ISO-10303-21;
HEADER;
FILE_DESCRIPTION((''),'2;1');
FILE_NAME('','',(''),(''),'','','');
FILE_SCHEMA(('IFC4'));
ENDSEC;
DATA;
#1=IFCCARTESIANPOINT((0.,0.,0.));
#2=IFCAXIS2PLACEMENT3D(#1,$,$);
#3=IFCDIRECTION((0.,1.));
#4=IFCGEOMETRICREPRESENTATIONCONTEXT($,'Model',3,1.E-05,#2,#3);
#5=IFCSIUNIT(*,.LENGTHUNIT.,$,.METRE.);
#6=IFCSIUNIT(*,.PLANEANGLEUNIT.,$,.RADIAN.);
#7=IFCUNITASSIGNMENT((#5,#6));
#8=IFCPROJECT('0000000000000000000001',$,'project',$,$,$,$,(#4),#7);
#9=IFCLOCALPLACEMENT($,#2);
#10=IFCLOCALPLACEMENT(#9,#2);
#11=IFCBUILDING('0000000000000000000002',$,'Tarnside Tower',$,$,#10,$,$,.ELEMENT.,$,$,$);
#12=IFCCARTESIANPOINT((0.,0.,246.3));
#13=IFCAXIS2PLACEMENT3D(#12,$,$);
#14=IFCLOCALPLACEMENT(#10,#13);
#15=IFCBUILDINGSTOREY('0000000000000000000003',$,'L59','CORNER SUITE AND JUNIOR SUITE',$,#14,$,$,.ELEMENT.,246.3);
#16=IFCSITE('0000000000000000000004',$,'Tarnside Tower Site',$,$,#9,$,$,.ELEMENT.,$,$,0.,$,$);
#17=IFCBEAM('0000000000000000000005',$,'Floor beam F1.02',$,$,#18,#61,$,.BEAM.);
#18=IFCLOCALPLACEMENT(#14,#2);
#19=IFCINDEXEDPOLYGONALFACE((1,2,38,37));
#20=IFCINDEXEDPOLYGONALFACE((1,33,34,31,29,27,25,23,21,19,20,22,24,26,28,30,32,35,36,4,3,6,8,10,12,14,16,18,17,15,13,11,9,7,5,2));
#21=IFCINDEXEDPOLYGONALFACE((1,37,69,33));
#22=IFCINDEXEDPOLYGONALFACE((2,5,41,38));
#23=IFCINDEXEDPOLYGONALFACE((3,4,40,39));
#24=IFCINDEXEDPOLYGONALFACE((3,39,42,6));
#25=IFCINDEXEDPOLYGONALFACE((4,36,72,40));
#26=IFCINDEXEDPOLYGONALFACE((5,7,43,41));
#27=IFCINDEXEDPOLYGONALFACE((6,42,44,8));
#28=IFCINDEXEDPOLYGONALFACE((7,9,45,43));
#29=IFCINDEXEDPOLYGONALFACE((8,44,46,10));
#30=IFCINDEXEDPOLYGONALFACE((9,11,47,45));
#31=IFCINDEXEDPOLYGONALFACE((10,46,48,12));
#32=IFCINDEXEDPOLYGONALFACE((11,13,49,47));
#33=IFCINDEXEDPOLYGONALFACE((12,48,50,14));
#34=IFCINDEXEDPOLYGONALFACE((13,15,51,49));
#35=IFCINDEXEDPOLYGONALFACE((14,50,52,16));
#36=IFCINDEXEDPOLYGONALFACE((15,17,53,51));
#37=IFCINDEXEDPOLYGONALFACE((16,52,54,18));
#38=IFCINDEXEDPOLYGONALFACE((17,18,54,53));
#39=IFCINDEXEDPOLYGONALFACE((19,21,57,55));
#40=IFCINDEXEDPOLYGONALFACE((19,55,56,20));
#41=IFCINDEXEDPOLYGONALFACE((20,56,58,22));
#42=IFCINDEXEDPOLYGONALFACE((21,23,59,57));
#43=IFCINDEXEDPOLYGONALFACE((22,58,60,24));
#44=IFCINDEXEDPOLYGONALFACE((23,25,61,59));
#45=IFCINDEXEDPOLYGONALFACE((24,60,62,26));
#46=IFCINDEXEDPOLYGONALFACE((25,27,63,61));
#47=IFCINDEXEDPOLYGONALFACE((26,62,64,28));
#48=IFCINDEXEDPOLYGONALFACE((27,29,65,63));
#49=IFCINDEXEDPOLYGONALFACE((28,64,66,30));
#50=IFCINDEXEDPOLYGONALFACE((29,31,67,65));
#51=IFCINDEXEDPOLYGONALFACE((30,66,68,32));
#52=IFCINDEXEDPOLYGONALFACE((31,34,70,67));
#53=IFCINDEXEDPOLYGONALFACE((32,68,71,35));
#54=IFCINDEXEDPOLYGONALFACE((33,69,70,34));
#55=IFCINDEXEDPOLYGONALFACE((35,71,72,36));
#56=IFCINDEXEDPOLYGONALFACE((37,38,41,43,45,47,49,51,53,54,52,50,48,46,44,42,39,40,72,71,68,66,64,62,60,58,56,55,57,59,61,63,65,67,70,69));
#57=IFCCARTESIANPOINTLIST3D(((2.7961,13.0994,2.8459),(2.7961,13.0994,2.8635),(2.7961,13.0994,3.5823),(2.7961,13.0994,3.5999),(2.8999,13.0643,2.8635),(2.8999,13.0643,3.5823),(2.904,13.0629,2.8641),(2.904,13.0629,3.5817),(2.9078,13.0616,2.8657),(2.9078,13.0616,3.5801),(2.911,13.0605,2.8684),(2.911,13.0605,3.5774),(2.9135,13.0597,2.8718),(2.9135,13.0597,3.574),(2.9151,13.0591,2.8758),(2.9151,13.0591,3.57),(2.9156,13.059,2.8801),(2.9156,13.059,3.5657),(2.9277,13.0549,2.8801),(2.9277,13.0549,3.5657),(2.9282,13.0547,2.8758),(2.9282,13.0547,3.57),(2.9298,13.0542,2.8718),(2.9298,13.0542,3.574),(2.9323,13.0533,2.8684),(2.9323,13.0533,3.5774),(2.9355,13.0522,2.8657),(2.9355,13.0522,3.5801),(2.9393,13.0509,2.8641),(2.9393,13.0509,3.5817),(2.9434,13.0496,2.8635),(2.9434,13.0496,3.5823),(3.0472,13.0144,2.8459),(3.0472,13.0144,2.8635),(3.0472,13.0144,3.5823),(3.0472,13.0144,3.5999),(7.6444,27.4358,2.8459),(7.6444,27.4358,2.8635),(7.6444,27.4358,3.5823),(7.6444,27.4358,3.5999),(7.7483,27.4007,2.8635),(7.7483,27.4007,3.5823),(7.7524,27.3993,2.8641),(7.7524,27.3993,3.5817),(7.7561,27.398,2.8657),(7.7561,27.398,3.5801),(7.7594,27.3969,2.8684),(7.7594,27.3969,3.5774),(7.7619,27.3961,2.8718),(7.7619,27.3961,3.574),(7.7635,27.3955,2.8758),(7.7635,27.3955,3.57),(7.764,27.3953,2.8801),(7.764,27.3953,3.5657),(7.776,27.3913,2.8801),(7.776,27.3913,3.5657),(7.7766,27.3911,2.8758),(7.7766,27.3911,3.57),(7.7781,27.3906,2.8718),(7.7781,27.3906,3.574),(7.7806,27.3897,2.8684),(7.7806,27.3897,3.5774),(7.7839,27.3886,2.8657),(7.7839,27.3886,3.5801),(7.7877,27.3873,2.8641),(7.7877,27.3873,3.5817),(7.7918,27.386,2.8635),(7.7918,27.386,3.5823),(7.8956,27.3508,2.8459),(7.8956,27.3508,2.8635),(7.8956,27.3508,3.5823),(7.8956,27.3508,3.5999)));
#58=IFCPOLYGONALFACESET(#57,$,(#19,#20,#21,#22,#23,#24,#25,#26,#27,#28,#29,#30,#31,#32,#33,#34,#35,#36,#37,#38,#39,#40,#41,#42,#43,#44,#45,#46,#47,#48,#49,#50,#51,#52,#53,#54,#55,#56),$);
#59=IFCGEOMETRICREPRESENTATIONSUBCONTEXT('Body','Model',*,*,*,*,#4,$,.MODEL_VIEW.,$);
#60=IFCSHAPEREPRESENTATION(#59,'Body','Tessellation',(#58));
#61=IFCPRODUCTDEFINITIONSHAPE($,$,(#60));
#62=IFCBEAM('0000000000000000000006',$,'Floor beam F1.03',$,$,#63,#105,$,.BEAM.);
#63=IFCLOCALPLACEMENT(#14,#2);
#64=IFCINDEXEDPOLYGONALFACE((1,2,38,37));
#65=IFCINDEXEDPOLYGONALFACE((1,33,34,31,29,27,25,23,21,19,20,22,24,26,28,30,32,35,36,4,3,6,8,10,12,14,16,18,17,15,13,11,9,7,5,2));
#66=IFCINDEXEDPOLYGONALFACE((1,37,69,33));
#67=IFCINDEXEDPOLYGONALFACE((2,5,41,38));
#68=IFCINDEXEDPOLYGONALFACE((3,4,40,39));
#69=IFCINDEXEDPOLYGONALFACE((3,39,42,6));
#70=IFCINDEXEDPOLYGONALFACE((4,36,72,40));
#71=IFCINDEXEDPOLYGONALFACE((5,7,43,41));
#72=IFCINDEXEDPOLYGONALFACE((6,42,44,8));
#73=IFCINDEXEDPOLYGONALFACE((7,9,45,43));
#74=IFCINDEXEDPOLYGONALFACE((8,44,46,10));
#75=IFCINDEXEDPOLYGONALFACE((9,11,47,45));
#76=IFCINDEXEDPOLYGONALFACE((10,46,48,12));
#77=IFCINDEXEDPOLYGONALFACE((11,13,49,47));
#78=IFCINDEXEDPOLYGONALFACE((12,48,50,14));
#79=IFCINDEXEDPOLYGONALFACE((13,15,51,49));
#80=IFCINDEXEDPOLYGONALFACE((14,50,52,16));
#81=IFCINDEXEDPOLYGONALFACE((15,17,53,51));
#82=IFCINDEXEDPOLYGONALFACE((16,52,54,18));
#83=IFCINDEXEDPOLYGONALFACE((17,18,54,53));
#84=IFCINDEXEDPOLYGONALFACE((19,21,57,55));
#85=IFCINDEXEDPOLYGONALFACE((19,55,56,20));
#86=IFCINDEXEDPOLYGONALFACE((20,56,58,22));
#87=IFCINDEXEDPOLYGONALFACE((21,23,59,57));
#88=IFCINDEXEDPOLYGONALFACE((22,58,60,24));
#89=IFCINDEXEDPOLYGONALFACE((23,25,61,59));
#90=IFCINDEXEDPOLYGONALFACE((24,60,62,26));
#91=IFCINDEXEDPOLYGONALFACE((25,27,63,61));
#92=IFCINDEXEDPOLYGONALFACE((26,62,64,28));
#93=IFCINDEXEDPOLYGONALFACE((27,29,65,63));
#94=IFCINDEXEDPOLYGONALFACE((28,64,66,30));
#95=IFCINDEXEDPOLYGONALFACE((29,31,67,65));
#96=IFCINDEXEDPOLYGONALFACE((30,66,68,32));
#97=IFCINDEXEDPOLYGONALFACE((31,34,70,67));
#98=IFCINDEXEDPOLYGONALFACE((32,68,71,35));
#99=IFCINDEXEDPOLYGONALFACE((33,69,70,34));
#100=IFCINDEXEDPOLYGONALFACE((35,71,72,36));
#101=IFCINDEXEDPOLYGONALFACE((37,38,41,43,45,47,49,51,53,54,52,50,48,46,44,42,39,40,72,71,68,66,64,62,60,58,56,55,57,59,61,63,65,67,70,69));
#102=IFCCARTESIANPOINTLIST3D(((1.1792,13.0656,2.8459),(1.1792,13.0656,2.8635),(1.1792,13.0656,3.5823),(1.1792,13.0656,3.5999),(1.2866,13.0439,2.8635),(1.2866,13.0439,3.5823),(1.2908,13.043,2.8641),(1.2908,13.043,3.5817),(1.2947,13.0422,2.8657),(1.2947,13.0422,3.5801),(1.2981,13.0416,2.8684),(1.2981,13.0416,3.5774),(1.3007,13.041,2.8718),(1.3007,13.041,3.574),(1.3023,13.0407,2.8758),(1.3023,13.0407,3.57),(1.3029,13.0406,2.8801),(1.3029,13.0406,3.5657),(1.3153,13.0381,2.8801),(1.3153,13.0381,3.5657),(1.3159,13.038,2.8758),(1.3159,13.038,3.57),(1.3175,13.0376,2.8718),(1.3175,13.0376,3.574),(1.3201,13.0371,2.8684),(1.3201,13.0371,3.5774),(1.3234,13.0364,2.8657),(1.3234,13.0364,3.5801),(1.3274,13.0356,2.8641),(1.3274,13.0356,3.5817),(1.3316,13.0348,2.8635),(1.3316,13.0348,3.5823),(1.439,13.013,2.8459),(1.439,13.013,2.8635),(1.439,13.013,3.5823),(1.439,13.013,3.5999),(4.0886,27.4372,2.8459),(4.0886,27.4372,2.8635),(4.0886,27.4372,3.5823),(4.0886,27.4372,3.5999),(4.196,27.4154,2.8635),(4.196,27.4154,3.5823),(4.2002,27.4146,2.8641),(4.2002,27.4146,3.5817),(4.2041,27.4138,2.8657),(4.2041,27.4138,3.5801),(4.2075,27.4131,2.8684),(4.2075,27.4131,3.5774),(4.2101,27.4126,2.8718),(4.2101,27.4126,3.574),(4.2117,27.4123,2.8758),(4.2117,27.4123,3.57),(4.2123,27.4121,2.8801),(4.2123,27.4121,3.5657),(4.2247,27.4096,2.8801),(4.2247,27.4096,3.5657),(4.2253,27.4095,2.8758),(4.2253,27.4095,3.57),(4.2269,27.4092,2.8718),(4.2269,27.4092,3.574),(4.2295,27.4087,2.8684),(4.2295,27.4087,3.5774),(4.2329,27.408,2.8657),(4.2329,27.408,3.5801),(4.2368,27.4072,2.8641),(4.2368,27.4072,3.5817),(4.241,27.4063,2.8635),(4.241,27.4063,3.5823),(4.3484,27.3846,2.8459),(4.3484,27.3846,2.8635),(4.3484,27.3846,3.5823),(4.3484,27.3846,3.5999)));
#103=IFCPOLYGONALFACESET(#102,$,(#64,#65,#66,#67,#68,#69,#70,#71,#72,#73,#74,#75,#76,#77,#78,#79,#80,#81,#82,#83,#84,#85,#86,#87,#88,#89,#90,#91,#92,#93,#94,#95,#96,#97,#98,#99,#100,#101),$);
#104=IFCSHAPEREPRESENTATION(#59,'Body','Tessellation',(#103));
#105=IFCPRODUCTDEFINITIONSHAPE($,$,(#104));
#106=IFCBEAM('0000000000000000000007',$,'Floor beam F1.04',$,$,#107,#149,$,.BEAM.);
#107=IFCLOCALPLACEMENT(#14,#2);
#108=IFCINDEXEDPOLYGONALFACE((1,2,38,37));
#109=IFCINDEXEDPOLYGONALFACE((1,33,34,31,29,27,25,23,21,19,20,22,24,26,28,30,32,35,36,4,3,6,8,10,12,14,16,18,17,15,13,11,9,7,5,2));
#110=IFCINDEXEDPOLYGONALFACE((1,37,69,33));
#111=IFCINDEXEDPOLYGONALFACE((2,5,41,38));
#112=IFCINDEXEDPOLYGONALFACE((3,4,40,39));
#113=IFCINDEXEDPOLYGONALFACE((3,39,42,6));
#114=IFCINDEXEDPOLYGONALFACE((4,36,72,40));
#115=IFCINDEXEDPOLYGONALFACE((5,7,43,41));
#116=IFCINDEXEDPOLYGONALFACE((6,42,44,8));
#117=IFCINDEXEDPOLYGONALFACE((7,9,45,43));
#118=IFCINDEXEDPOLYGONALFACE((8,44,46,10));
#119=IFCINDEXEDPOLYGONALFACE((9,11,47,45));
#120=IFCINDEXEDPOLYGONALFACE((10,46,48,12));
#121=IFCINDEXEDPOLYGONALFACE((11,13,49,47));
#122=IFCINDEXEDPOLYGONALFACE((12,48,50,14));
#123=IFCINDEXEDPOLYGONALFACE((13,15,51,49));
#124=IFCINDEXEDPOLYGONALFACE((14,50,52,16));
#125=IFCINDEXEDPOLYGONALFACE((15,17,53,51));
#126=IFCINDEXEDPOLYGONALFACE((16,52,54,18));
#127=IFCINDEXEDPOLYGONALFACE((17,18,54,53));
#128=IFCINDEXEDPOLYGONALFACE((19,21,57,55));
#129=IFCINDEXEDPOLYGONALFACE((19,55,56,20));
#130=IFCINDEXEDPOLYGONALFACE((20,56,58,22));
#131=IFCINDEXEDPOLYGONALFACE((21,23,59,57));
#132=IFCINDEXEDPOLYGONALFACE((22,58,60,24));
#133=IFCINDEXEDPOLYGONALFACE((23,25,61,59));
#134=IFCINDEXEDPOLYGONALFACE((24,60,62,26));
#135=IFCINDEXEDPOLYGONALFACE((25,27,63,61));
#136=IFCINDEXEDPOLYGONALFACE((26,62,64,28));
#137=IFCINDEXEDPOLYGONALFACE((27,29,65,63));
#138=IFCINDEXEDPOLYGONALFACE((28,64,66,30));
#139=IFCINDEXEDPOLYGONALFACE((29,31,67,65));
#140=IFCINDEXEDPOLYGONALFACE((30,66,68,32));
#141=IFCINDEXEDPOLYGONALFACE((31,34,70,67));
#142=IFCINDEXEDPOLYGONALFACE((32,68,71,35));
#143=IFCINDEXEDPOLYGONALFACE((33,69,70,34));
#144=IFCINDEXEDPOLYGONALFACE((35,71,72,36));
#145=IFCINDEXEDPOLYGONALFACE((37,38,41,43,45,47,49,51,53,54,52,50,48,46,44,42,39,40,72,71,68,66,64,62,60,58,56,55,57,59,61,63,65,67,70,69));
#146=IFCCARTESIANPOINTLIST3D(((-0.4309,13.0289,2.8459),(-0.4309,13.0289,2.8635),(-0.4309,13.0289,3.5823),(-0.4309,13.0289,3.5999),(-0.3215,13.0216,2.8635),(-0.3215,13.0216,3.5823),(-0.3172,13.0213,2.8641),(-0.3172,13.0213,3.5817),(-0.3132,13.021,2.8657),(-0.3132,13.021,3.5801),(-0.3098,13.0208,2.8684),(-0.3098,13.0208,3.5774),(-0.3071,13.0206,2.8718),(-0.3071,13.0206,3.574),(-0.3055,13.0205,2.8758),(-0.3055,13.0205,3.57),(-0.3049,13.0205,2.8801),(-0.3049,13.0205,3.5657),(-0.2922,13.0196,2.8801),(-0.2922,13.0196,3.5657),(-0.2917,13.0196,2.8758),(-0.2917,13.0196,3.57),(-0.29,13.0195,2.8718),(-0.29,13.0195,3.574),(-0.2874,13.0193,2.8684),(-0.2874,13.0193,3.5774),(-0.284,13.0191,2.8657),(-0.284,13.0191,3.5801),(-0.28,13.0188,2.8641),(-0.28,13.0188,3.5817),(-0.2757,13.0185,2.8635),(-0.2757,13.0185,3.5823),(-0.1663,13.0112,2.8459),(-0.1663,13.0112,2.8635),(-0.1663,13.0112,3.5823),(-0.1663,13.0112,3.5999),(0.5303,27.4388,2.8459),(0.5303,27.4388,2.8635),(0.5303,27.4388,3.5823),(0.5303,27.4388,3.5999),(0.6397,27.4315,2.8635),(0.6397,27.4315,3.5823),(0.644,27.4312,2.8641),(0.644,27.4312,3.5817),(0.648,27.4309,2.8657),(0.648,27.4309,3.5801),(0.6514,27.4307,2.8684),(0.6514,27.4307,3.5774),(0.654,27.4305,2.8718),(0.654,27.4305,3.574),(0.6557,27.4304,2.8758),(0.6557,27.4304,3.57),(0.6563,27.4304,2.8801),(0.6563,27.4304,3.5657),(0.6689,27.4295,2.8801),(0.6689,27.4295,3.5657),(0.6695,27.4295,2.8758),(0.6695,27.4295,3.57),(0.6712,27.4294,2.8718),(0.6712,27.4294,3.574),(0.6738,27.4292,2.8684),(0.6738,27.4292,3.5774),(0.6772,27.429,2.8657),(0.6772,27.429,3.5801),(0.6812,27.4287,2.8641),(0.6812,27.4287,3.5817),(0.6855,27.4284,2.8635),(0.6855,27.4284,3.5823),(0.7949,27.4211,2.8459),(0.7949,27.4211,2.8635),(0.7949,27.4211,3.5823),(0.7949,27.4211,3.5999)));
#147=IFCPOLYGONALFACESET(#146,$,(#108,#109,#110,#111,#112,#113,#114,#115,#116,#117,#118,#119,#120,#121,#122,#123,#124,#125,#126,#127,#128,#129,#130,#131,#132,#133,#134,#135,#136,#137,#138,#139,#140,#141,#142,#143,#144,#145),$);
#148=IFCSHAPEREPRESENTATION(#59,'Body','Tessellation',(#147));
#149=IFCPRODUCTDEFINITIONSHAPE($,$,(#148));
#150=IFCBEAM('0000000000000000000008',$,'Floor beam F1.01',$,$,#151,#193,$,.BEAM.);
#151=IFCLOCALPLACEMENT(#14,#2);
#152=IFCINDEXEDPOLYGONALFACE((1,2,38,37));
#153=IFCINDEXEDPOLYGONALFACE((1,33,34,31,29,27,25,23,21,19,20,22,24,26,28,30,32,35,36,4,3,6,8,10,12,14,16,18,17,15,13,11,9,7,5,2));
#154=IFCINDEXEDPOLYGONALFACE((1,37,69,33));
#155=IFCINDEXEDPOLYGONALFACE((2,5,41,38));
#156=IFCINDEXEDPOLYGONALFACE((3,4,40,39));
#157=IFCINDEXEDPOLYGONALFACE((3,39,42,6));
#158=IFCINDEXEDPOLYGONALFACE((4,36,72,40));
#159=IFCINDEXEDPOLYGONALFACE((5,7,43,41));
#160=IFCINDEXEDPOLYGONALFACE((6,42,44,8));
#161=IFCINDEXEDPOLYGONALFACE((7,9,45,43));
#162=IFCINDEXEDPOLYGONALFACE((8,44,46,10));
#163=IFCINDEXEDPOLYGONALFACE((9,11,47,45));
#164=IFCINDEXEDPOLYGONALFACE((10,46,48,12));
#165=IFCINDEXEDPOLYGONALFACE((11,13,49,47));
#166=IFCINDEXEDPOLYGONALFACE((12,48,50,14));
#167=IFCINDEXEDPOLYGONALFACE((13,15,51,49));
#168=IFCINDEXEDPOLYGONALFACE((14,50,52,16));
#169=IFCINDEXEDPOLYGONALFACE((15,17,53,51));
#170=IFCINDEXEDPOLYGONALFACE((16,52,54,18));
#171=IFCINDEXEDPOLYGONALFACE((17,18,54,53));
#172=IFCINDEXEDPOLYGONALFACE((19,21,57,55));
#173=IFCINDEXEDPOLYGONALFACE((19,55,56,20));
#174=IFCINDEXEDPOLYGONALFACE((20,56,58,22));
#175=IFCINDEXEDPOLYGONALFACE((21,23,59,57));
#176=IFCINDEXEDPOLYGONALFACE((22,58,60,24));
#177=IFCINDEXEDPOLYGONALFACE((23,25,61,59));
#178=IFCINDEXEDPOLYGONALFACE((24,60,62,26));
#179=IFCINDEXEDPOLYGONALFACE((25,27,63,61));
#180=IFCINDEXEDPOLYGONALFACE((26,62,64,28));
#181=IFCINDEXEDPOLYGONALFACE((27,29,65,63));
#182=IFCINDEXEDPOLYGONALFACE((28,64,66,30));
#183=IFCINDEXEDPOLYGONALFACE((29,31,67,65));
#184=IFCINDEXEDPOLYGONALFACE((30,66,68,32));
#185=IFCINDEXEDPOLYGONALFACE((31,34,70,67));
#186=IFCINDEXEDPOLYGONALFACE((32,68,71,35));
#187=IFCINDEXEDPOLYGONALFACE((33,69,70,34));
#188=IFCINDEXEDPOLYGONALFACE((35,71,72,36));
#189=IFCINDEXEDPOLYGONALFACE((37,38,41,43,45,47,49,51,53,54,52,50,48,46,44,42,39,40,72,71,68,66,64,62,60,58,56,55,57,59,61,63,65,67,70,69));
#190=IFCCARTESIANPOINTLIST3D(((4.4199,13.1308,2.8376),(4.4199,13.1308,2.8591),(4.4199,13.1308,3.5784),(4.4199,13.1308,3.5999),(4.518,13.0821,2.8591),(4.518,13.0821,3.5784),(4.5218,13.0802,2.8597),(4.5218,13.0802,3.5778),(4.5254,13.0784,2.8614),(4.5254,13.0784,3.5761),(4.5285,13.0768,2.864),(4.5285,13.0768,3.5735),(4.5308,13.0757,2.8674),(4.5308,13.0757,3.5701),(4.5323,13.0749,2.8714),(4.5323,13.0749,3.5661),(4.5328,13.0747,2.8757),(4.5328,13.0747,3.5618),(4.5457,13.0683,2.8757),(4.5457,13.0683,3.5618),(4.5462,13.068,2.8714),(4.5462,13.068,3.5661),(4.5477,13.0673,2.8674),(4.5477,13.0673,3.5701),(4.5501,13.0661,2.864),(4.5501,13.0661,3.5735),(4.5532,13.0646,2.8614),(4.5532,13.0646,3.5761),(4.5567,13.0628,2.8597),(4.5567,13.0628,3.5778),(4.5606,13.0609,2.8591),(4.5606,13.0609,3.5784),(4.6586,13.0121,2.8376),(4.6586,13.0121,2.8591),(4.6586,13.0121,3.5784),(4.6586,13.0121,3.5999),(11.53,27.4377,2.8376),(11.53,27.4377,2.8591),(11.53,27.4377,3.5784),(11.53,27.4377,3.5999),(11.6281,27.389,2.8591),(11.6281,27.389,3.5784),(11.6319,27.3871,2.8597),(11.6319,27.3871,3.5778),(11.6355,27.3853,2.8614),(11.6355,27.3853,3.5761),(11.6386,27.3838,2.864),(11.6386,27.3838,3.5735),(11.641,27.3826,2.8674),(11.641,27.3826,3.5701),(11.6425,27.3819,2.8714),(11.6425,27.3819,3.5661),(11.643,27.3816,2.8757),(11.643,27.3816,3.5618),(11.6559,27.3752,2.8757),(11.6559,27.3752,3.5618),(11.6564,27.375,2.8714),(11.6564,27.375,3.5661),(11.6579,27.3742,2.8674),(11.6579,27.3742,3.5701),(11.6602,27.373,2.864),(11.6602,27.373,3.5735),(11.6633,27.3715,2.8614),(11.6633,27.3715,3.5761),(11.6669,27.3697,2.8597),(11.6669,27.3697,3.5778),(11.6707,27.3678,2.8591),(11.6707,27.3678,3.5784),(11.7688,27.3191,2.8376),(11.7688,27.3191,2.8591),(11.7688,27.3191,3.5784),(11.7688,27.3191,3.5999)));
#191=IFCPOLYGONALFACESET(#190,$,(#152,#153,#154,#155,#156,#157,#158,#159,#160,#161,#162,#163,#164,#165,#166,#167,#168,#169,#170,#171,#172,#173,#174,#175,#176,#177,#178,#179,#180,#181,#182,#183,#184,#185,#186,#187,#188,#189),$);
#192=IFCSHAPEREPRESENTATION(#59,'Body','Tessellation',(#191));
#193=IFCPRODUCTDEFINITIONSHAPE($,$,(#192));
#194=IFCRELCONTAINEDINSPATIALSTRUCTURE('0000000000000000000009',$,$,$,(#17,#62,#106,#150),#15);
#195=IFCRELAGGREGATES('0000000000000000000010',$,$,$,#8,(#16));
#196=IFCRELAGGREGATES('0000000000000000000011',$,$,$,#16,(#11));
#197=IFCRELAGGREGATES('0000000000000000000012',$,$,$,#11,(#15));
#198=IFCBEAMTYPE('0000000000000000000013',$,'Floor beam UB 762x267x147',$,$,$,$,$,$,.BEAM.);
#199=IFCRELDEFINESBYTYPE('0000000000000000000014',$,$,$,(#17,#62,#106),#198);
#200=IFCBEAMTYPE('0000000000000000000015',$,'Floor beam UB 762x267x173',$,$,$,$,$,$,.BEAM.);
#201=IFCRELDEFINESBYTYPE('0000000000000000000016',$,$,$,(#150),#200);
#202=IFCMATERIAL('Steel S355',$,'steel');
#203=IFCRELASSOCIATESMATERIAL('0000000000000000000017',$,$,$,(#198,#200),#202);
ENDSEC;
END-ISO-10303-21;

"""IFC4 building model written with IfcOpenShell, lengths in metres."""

from ifc_helpers import new_model, si_unit, direction, frame, origin, origin_2d, place, context, subcontext, project, spatial, i_section, extrude, material, material_profile, profile_set, type_object, element, save


model = new_model("IFC4")

# Units and contexts
model_context = context("Model", 3, precision=1e-05, world=origin(), true_north=direction((0.0, 1.0)))
body_context = subcontext(model_context, "Body", "Model", "MODEL_VIEW")
ifc_project = project(units=[si_unit("LENGTHUNIT", "METRE"), si_unit("PLANEANGLEUNIT", "RADIAN")], contexts=[model_context])

# Site, building, storey
site_placement = place(None, origin())
site = spatial("IfcSite", under=ifc_project, at=site_placement, Name="Tarnside Tower Site", CompositionType="ELEMENT", RefElevation=0.0)
building_placement = place(site_placement, origin())
building = spatial("IfcBuilding", under=site, at=building_placement, Name="Tarnside Tower", CompositionType="ELEMENT")
storey_placement = place(building_placement, frame((0.0, 0.0, 246.3)))
storey = spatial("IfcBuildingStorey", under=building, at=storey_placement, Name="L59", Description="CORNER SUITE AND JUNIOR SUITE", CompositionType="ELEMENT", Elevation=246.3)

# Beams
ifc_material_1 = material(Name="Steel S355", Category="steel")
ifc_material_profile_1 = material_profile(ifc_material_1, i_section(OverallWidth=0.2651, OverallDepth=0.7539, WebThickness=0.0127, FlangeThickness=0.0176, FilletRadius=0.0166, at=origin_2d()), Name="UB 762x267x147")
ifc_profile_set_1 = profile_set([ifc_material_profile_1], Name="Steel S355")
beam_type_1 = type_object("IfcBeamType", Name="Floor beam UB 762x267x147", PredefinedType="BEAM", material=ifc_profile_set_1)
beam_1_placement = place(storey_placement, frame((7.77, 27.3933, 3.2229), z_axis=(-0.320363, -0.947295, 0.0), x_axis=(0.947295, -0.320363, 0.0)))
element("IfcBeam", 1, at=beam_1_placement, inside=storey, type_object=beam_type_1, Name="Floor beam F1.02", PredefinedType="BEAM", context=body_context, shape_type="SweptSolid", body=[
    extrude(i_section(OverallWidth=0.2651, OverallDepth=0.7539, WebThickness=0.0127, FlangeThickness=0.0176, FilletRadius=0.0166, at=origin_2d()), origin(), (0.0, 0.0, 1.0), 15.134),
])
beam_2_placement = place(storey_placement, frame((4.2185, 27.4109, 3.2229), z_axis=(-0.198418, -0.980118, 0.0), x_axis=(0.980118, -0.198418, 0.0)))
element("IfcBeam", 2, at=beam_2_placement, inside=storey, type_object=beam_type_1, Name="Floor beam F1.03", PredefinedType="BEAM", context=body_context, shape_type="SweptSolid", body=[
    extrude(i_section(OverallWidth=0.2651, OverallDepth=0.7539, WebThickness=0.0127, FlangeThickness=0.0176, FilletRadius=0.0166, at=origin_2d()), origin(), (0.0, 0.0, 1.0), 14.6631),
])
beam_3_placement = place(storey_placement, frame((0.6626, 27.4299, 3.2229), z_axis=(-0.066555, -0.997783, 0.0), x_axis=(0.997783, -0.066555, 0.0)))
element("IfcBeam", 3, at=beam_3_placement, inside=storey, type_object=beam_type_1, Name="Floor beam F1.04", PredefinedType="BEAM", context=body_context, shape_type="SweptSolid", body=[
    extrude(i_section(OverallWidth=0.2651, OverallDepth=0.7539, WebThickness=0.0127, FlangeThickness=0.0176, FilletRadius=0.0166, at=origin_2d()), origin(), (0.0, 0.0, 1.0), 14.4419),
])
ifc_material_profile_2 = material_profile(ifc_material_1, i_section(OverallWidth=0.2666, OverallDepth=0.7622, WebThickness=0.0144, FlangeThickness=0.0215, FilletRadius=0.0166, at=origin_2d()), Name="UB 762x267x173")
ifc_profile_set_2 = profile_set([ifc_material_profile_2], Name="Steel S355")
beam_type_2 = type_object("IfcBeamType", Name="Floor beam UB 762x267x173", PredefinedType="BEAM", material=ifc_profile_set_2)
beam_4_placement = place(storey_placement, frame((11.6494, 27.3784, 3.2188), z_axis=(-0.445042, -0.89551, 0.0), x_axis=(0.89551, -0.445042, 0.0)))
element("IfcBeam", 4, at=beam_4_placement, inside=storey, type_object=beam_type_2, Name="Floor beam F1.01", PredefinedType="BEAM", context=body_context, shape_type="SweptSolid", body=[
    extrude(i_section(OverallWidth=0.2666, OverallDepth=0.7622, WebThickness=0.0144, FlangeThickness=0.0215, FilletRadius=0.0166, at=origin_2d()), origin(), (0.0, 0.0, 1.0), 15.9763),
])

save(model, "model.ifc")
